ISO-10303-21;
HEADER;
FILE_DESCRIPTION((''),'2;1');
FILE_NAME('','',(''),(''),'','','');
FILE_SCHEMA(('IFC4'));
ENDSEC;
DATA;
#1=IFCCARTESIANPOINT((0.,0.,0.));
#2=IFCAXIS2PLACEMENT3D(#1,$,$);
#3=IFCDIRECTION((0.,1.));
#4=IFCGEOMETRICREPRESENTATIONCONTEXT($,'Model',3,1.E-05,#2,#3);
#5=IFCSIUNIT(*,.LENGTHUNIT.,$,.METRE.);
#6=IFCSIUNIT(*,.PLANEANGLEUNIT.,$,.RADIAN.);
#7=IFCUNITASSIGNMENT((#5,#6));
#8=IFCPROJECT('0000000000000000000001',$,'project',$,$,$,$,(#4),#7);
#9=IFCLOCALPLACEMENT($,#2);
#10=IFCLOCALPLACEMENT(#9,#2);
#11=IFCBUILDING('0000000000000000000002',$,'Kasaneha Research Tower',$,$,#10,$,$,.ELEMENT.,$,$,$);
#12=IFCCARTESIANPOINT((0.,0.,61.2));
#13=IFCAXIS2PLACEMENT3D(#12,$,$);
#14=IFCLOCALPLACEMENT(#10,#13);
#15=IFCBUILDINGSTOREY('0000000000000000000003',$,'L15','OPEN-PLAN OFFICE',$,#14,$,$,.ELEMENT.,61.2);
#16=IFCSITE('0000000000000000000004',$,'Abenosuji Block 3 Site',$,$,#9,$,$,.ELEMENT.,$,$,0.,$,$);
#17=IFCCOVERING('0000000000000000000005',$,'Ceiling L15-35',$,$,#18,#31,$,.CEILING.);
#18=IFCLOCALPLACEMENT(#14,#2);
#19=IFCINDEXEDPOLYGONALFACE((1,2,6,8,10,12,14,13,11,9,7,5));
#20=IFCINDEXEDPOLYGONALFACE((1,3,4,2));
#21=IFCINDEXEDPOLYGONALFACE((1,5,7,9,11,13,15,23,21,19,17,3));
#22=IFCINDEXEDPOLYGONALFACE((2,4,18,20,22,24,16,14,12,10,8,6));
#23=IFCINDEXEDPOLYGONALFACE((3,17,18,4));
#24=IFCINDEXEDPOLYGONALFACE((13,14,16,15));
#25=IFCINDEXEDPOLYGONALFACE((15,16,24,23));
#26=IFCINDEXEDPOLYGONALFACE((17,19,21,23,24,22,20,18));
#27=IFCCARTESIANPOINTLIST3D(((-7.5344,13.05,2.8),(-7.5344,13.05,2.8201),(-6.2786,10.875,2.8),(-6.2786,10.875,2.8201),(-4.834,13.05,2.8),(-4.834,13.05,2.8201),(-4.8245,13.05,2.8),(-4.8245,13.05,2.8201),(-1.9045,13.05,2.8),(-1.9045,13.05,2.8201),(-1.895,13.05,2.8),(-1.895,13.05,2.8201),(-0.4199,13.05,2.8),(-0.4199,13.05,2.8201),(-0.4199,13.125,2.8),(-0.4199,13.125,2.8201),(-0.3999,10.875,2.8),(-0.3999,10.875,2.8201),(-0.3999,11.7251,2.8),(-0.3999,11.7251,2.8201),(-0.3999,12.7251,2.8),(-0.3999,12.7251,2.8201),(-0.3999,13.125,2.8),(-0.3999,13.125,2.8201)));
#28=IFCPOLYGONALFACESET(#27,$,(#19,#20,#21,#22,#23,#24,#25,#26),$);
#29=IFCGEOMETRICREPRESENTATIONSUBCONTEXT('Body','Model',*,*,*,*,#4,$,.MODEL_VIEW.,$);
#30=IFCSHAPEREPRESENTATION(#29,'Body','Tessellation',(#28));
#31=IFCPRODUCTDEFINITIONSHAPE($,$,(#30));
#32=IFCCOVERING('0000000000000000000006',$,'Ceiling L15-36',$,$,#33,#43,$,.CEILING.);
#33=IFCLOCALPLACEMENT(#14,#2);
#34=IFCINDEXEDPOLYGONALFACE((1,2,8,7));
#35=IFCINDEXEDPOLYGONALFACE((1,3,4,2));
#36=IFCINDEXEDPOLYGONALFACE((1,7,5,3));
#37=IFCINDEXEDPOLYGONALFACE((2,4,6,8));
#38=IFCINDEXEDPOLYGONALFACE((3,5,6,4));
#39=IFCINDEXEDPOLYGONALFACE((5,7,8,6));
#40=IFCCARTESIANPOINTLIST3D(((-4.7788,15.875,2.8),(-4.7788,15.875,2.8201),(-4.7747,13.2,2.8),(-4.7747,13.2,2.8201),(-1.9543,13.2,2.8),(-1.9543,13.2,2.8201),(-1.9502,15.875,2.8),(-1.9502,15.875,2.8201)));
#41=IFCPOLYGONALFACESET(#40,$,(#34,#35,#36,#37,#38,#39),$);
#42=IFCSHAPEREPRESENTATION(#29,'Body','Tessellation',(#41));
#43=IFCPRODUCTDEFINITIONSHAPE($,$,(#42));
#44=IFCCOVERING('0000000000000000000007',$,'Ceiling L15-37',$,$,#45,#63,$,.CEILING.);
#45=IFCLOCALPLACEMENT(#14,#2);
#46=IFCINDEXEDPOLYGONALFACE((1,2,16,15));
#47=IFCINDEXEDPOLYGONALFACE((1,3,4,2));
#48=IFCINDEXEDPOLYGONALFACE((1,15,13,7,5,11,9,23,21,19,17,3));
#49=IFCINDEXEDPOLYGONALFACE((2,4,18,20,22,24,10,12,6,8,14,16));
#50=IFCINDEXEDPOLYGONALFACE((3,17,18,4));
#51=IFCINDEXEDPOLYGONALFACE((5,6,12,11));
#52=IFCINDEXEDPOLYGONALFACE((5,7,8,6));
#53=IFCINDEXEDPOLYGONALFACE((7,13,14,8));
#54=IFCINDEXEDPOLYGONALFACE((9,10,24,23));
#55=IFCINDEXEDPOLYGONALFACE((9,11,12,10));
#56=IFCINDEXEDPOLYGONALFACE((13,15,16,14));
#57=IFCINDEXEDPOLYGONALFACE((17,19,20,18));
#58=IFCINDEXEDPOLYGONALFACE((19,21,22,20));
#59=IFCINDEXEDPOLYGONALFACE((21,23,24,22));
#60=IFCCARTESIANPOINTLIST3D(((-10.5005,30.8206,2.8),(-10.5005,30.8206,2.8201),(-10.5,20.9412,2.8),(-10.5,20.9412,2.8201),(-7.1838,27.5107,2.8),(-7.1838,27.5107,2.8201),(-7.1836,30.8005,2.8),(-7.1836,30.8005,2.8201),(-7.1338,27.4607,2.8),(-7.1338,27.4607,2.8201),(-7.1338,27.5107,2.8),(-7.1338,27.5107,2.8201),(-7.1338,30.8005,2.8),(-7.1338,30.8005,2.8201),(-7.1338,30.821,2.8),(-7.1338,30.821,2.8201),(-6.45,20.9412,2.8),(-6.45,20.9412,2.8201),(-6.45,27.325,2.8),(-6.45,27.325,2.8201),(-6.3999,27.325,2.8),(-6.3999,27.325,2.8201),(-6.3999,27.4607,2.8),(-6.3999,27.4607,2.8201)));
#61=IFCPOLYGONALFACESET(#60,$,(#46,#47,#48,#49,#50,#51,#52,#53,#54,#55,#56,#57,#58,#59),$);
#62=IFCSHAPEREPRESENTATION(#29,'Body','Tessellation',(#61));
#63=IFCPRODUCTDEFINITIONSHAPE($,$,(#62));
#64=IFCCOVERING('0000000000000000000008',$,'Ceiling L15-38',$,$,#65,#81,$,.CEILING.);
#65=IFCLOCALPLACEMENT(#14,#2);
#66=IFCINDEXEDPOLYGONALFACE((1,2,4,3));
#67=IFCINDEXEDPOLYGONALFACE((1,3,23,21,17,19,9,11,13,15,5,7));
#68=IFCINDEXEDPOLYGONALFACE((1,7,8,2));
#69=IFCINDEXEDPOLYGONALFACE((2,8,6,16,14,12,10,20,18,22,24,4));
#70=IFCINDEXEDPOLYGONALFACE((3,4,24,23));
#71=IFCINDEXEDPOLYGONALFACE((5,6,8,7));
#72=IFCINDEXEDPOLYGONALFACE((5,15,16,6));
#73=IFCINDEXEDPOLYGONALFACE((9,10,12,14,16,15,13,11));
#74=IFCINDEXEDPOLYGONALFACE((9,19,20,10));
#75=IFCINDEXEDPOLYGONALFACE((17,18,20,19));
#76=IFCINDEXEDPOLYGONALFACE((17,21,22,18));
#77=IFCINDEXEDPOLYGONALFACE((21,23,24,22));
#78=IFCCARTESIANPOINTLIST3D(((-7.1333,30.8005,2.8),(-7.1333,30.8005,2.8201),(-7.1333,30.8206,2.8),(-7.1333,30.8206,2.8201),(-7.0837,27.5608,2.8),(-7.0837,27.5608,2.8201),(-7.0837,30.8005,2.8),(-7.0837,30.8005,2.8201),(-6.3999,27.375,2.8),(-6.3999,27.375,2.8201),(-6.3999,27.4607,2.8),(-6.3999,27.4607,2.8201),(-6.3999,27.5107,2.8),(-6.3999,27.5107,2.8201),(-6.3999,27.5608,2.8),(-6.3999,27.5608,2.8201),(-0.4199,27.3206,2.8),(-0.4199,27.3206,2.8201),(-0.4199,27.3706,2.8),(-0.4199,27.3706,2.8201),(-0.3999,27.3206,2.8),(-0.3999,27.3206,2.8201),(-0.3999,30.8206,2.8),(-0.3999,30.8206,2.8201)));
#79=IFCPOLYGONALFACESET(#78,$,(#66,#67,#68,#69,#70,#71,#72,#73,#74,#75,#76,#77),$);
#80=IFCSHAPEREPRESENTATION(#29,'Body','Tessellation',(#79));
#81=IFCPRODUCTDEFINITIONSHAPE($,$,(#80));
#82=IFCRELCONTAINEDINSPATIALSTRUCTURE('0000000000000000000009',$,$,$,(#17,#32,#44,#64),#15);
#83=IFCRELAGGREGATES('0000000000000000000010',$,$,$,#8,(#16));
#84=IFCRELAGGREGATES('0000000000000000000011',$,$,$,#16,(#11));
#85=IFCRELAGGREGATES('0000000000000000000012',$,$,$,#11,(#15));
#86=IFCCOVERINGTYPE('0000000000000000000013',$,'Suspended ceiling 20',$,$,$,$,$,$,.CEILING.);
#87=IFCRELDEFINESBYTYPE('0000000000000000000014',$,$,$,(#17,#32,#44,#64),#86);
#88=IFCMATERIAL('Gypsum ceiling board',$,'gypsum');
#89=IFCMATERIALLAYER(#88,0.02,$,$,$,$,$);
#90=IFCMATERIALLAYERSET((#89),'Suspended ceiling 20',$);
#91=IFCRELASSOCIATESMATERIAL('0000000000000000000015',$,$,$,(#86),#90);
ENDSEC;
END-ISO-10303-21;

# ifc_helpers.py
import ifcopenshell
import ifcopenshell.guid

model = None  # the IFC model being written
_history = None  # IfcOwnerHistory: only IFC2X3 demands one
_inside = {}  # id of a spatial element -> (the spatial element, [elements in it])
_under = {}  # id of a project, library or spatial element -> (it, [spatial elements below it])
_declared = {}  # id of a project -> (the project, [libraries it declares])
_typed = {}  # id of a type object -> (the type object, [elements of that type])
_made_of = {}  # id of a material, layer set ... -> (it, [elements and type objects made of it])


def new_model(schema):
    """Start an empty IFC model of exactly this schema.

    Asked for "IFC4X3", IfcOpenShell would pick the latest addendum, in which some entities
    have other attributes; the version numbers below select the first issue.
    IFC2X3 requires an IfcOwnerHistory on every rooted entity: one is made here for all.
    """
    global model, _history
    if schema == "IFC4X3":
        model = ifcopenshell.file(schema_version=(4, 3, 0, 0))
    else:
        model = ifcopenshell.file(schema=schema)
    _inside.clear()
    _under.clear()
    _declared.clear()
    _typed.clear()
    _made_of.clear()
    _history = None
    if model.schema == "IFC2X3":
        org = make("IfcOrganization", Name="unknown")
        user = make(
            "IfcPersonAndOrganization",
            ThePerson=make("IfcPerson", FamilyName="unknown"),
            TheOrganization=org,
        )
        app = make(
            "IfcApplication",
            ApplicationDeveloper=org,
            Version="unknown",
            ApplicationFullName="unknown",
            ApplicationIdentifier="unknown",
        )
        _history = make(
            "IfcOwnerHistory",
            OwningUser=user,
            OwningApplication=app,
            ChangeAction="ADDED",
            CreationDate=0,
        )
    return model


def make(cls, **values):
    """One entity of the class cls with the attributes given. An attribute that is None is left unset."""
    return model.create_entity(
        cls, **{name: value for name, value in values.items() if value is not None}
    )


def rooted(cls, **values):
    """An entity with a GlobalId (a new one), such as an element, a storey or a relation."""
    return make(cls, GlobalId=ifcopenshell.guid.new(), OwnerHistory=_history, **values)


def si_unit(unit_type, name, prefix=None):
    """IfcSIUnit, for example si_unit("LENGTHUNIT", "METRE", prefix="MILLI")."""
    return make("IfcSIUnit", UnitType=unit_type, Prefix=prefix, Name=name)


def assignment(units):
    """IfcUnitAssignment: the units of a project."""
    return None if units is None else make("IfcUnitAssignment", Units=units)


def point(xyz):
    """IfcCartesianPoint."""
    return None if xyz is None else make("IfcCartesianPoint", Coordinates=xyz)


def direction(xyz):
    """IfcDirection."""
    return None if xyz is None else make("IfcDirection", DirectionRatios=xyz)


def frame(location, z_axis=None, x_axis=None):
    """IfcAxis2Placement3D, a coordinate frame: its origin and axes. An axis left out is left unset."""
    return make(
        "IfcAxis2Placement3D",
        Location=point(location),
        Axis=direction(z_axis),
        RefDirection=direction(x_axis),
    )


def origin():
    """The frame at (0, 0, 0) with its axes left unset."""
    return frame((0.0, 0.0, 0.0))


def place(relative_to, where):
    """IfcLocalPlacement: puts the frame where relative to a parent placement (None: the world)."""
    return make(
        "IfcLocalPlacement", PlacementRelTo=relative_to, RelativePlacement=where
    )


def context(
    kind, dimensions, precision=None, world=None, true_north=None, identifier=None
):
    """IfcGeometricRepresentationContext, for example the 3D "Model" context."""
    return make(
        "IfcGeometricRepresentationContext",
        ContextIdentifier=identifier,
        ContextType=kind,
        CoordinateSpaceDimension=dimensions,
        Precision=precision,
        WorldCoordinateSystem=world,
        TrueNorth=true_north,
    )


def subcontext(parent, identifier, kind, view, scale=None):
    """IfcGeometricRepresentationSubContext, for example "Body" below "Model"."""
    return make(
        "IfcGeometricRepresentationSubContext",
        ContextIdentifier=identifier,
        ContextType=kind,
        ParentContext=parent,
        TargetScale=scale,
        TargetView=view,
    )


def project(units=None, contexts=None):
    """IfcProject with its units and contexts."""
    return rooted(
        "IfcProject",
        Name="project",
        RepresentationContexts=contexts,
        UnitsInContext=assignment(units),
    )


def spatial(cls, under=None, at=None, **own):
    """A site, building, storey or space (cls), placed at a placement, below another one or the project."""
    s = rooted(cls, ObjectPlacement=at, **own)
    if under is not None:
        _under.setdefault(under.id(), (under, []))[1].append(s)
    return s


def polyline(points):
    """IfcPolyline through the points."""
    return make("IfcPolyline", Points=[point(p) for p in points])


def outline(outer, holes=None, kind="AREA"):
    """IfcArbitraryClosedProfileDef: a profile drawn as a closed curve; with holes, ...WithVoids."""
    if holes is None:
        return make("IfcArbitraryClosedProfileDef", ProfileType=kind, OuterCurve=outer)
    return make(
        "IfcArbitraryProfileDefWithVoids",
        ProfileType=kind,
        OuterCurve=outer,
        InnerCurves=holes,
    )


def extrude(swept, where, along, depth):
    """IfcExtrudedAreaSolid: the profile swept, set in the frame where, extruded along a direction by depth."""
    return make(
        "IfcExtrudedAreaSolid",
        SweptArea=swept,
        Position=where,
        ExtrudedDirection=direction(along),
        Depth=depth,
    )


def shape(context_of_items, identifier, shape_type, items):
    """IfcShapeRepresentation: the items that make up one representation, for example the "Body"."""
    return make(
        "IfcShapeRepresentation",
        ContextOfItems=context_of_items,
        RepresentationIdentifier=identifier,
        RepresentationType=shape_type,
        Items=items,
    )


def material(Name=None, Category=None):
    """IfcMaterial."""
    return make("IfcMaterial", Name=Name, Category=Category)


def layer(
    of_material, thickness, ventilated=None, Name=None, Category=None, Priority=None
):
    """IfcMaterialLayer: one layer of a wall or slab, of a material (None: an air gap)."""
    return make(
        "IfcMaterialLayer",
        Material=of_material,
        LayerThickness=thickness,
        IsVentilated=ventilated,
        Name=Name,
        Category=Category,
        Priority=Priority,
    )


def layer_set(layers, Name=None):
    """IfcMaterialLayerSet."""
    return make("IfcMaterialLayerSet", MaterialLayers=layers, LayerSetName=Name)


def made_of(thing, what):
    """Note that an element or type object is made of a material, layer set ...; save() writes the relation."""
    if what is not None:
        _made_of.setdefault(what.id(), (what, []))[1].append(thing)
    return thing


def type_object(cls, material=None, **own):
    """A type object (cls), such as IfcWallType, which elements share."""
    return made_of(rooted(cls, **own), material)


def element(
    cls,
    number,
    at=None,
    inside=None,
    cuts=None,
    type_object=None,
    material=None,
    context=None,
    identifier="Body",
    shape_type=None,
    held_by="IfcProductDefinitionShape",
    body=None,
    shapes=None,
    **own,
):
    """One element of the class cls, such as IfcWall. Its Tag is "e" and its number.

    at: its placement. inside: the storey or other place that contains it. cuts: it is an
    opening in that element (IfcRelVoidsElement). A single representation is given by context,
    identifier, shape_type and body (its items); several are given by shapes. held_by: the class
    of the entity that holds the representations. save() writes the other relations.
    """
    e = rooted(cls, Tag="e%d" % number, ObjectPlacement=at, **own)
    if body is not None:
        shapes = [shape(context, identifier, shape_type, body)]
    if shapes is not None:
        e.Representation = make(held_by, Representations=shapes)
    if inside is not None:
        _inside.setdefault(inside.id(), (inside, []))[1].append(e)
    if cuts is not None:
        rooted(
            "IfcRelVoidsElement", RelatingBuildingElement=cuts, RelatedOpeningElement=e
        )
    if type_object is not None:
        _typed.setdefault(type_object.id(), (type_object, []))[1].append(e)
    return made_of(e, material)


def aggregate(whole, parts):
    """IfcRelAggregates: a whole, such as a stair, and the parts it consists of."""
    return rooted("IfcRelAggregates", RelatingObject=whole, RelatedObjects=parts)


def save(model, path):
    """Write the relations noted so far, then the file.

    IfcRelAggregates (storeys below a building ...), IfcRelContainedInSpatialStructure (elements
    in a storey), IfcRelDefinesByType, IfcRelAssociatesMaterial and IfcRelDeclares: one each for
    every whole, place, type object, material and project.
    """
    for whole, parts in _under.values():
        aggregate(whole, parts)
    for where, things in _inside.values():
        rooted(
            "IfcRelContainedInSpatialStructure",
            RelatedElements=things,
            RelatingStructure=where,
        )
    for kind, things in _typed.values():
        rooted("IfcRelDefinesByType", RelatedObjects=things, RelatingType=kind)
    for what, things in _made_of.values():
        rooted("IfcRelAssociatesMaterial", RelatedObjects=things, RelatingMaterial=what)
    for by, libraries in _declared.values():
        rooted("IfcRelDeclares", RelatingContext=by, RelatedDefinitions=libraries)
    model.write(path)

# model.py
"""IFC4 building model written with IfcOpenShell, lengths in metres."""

from ifc_helpers import new_model, si_unit, direction, frame, origin, place, context, subcontext, project, spatial, polyline, outline, extrude, material, layer, layer_set, type_object, element, save


model = new_model("IFC4")

# Units and contexts
model_context = context("Model", 3, precision=1e-05, world=origin(), true_north=direction((0.0, 1.0)))
body_context = subcontext(model_context, "Body", "Model", "MODEL_VIEW")
ifc_project = project(units=[si_unit("LENGTHUNIT", "METRE"), si_unit("PLANEANGLEUNIT", "RADIAN")], contexts=[model_context])

# Site, building, storey
site_placement = place(None, origin())
site = spatial("IfcSite", under=ifc_project, at=site_placement, Name="Abenosuji Block 3 Site", CompositionType="ELEMENT", RefElevation=0.0)
building_placement = place(site_placement, origin())
building = spatial("IfcBuilding", under=site, at=building_placement, Name="Kasaneha Research Tower", CompositionType="ELEMENT")
storey_placement = place(building_placement, frame((0.0, 0.0, 61.2)))
storey = spatial("IfcBuildingStorey", under=building, at=storey_placement, Name="L15", Description="OPEN-PLAN OFFICE", CompositionType="ELEMENT", Elevation=61.2)

# Coverings
ifc_material_1 = material(Name="Gypsum ceiling board", Category="gypsum")
ifc_layer_1 = layer(ifc_material_1, 0.02)
ifc_layer_set_1 = layer_set([ifc_layer_1], Name="Suspended ceiling 20")
covering_type = type_object("IfcCoveringType", Name="Suspended ceiling 20", PredefinedType="CEILING", material=ifc_layer_set_1)
covering_1_placement = place(storey_placement, frame((0.0, 0.0, 2.8)))
element("IfcCovering", 1, at=covering_1_placement, inside=storey, type_object=covering_type, Name="Ceiling L15-35", PredefinedType="CEILING", context=body_context, shape_type="SweptSolid", body=[
    extrude(outline(polyline([(-0.3999, 11.7251), (-0.3999, 10.875), (-6.2786, 10.875), (-7.5344, 13.05), (-4.834, 13.05), (-4.8245, 13.05), (-1.9045, 13.05), (-1.895, 13.05), (-0.4199, 13.05), (-0.4199, 13.125), (-0.3999, 13.125), (-0.3999, 12.7251), (-0.3999, 11.7251)])), origin(), (0.0, 0.0, 1.0), 0.02),
])
covering_2_placement = place(storey_placement, frame((0.0, 0.0, 2.8)))
element("IfcCovering", 2, at=covering_2_placement, inside=storey, type_object=covering_type, Name="Ceiling L15-36", PredefinedType="CEILING", context=body_context, shape_type="SweptSolid", body=[
    extrude(outline(polyline([(-4.7788, 15.875), (-1.9502, 15.875), (-1.9543, 13.2), (-4.7747, 13.2), (-4.7788, 15.875)])), origin(), (0.0, 0.0, 1.0), 0.02),
])
covering_3_placement = place(storey_placement, frame((0.0, 0.0, 2.8)))
element("IfcCovering", 3, at=covering_3_placement, inside=storey, type_object=covering_type, Name="Ceiling L15-37", PredefinedType="CEILING", context=body_context, shape_type="SweptSolid", body=[
    extrude(outline(polyline([(-7.1338, 30.821), (-7.1338, 30.8005), (-7.1836, 30.8005), (-7.1838, 27.5107), (-7.1338, 27.5107), (-7.1338, 27.5107), (-7.1338, 27.5107), (-7.1338, 27.4607), (-6.3999, 27.4607), (-6.3999, 27.325), (-6.45, 27.325), (-6.45, 20.9412), (-10.5, 20.9412), (-10.5, 20.8911), (-10.5005, 30.8206), (-7.1338, 30.821)])), origin(), (0.0, 0.0, 1.0), 0.02),
])
covering_4_placement = place(storey_placement, frame((0.0, 0.0, 2.8)))
element("IfcCovering", 4, at=covering_4_placement, inside=storey, type_object=covering_type, Name="Ceiling L15-38", PredefinedType="CEILING", context=body_context, shape_type="SweptSolid", body=[
    extrude(outline(polyline([(-0.3999, 27.3206), (-0.4199, 27.3206), (-0.4199, 27.3706), (-6.3999, 27.375), (-6.3999, 27.325), (-6.3999, 27.4607), (-6.3999, 27.5107), (-6.3999, 27.5608), (-7.0837, 27.5608), (-7.0837, 30.8005), (-7.1333, 30.8005), (-7.1333, 30.8206), (-0.3999, 30.8206), (-0.3999, 27.3206)])), origin(), (0.0, 0.0, 1.0), 0.02),
])

save(model, "model.ifc")
